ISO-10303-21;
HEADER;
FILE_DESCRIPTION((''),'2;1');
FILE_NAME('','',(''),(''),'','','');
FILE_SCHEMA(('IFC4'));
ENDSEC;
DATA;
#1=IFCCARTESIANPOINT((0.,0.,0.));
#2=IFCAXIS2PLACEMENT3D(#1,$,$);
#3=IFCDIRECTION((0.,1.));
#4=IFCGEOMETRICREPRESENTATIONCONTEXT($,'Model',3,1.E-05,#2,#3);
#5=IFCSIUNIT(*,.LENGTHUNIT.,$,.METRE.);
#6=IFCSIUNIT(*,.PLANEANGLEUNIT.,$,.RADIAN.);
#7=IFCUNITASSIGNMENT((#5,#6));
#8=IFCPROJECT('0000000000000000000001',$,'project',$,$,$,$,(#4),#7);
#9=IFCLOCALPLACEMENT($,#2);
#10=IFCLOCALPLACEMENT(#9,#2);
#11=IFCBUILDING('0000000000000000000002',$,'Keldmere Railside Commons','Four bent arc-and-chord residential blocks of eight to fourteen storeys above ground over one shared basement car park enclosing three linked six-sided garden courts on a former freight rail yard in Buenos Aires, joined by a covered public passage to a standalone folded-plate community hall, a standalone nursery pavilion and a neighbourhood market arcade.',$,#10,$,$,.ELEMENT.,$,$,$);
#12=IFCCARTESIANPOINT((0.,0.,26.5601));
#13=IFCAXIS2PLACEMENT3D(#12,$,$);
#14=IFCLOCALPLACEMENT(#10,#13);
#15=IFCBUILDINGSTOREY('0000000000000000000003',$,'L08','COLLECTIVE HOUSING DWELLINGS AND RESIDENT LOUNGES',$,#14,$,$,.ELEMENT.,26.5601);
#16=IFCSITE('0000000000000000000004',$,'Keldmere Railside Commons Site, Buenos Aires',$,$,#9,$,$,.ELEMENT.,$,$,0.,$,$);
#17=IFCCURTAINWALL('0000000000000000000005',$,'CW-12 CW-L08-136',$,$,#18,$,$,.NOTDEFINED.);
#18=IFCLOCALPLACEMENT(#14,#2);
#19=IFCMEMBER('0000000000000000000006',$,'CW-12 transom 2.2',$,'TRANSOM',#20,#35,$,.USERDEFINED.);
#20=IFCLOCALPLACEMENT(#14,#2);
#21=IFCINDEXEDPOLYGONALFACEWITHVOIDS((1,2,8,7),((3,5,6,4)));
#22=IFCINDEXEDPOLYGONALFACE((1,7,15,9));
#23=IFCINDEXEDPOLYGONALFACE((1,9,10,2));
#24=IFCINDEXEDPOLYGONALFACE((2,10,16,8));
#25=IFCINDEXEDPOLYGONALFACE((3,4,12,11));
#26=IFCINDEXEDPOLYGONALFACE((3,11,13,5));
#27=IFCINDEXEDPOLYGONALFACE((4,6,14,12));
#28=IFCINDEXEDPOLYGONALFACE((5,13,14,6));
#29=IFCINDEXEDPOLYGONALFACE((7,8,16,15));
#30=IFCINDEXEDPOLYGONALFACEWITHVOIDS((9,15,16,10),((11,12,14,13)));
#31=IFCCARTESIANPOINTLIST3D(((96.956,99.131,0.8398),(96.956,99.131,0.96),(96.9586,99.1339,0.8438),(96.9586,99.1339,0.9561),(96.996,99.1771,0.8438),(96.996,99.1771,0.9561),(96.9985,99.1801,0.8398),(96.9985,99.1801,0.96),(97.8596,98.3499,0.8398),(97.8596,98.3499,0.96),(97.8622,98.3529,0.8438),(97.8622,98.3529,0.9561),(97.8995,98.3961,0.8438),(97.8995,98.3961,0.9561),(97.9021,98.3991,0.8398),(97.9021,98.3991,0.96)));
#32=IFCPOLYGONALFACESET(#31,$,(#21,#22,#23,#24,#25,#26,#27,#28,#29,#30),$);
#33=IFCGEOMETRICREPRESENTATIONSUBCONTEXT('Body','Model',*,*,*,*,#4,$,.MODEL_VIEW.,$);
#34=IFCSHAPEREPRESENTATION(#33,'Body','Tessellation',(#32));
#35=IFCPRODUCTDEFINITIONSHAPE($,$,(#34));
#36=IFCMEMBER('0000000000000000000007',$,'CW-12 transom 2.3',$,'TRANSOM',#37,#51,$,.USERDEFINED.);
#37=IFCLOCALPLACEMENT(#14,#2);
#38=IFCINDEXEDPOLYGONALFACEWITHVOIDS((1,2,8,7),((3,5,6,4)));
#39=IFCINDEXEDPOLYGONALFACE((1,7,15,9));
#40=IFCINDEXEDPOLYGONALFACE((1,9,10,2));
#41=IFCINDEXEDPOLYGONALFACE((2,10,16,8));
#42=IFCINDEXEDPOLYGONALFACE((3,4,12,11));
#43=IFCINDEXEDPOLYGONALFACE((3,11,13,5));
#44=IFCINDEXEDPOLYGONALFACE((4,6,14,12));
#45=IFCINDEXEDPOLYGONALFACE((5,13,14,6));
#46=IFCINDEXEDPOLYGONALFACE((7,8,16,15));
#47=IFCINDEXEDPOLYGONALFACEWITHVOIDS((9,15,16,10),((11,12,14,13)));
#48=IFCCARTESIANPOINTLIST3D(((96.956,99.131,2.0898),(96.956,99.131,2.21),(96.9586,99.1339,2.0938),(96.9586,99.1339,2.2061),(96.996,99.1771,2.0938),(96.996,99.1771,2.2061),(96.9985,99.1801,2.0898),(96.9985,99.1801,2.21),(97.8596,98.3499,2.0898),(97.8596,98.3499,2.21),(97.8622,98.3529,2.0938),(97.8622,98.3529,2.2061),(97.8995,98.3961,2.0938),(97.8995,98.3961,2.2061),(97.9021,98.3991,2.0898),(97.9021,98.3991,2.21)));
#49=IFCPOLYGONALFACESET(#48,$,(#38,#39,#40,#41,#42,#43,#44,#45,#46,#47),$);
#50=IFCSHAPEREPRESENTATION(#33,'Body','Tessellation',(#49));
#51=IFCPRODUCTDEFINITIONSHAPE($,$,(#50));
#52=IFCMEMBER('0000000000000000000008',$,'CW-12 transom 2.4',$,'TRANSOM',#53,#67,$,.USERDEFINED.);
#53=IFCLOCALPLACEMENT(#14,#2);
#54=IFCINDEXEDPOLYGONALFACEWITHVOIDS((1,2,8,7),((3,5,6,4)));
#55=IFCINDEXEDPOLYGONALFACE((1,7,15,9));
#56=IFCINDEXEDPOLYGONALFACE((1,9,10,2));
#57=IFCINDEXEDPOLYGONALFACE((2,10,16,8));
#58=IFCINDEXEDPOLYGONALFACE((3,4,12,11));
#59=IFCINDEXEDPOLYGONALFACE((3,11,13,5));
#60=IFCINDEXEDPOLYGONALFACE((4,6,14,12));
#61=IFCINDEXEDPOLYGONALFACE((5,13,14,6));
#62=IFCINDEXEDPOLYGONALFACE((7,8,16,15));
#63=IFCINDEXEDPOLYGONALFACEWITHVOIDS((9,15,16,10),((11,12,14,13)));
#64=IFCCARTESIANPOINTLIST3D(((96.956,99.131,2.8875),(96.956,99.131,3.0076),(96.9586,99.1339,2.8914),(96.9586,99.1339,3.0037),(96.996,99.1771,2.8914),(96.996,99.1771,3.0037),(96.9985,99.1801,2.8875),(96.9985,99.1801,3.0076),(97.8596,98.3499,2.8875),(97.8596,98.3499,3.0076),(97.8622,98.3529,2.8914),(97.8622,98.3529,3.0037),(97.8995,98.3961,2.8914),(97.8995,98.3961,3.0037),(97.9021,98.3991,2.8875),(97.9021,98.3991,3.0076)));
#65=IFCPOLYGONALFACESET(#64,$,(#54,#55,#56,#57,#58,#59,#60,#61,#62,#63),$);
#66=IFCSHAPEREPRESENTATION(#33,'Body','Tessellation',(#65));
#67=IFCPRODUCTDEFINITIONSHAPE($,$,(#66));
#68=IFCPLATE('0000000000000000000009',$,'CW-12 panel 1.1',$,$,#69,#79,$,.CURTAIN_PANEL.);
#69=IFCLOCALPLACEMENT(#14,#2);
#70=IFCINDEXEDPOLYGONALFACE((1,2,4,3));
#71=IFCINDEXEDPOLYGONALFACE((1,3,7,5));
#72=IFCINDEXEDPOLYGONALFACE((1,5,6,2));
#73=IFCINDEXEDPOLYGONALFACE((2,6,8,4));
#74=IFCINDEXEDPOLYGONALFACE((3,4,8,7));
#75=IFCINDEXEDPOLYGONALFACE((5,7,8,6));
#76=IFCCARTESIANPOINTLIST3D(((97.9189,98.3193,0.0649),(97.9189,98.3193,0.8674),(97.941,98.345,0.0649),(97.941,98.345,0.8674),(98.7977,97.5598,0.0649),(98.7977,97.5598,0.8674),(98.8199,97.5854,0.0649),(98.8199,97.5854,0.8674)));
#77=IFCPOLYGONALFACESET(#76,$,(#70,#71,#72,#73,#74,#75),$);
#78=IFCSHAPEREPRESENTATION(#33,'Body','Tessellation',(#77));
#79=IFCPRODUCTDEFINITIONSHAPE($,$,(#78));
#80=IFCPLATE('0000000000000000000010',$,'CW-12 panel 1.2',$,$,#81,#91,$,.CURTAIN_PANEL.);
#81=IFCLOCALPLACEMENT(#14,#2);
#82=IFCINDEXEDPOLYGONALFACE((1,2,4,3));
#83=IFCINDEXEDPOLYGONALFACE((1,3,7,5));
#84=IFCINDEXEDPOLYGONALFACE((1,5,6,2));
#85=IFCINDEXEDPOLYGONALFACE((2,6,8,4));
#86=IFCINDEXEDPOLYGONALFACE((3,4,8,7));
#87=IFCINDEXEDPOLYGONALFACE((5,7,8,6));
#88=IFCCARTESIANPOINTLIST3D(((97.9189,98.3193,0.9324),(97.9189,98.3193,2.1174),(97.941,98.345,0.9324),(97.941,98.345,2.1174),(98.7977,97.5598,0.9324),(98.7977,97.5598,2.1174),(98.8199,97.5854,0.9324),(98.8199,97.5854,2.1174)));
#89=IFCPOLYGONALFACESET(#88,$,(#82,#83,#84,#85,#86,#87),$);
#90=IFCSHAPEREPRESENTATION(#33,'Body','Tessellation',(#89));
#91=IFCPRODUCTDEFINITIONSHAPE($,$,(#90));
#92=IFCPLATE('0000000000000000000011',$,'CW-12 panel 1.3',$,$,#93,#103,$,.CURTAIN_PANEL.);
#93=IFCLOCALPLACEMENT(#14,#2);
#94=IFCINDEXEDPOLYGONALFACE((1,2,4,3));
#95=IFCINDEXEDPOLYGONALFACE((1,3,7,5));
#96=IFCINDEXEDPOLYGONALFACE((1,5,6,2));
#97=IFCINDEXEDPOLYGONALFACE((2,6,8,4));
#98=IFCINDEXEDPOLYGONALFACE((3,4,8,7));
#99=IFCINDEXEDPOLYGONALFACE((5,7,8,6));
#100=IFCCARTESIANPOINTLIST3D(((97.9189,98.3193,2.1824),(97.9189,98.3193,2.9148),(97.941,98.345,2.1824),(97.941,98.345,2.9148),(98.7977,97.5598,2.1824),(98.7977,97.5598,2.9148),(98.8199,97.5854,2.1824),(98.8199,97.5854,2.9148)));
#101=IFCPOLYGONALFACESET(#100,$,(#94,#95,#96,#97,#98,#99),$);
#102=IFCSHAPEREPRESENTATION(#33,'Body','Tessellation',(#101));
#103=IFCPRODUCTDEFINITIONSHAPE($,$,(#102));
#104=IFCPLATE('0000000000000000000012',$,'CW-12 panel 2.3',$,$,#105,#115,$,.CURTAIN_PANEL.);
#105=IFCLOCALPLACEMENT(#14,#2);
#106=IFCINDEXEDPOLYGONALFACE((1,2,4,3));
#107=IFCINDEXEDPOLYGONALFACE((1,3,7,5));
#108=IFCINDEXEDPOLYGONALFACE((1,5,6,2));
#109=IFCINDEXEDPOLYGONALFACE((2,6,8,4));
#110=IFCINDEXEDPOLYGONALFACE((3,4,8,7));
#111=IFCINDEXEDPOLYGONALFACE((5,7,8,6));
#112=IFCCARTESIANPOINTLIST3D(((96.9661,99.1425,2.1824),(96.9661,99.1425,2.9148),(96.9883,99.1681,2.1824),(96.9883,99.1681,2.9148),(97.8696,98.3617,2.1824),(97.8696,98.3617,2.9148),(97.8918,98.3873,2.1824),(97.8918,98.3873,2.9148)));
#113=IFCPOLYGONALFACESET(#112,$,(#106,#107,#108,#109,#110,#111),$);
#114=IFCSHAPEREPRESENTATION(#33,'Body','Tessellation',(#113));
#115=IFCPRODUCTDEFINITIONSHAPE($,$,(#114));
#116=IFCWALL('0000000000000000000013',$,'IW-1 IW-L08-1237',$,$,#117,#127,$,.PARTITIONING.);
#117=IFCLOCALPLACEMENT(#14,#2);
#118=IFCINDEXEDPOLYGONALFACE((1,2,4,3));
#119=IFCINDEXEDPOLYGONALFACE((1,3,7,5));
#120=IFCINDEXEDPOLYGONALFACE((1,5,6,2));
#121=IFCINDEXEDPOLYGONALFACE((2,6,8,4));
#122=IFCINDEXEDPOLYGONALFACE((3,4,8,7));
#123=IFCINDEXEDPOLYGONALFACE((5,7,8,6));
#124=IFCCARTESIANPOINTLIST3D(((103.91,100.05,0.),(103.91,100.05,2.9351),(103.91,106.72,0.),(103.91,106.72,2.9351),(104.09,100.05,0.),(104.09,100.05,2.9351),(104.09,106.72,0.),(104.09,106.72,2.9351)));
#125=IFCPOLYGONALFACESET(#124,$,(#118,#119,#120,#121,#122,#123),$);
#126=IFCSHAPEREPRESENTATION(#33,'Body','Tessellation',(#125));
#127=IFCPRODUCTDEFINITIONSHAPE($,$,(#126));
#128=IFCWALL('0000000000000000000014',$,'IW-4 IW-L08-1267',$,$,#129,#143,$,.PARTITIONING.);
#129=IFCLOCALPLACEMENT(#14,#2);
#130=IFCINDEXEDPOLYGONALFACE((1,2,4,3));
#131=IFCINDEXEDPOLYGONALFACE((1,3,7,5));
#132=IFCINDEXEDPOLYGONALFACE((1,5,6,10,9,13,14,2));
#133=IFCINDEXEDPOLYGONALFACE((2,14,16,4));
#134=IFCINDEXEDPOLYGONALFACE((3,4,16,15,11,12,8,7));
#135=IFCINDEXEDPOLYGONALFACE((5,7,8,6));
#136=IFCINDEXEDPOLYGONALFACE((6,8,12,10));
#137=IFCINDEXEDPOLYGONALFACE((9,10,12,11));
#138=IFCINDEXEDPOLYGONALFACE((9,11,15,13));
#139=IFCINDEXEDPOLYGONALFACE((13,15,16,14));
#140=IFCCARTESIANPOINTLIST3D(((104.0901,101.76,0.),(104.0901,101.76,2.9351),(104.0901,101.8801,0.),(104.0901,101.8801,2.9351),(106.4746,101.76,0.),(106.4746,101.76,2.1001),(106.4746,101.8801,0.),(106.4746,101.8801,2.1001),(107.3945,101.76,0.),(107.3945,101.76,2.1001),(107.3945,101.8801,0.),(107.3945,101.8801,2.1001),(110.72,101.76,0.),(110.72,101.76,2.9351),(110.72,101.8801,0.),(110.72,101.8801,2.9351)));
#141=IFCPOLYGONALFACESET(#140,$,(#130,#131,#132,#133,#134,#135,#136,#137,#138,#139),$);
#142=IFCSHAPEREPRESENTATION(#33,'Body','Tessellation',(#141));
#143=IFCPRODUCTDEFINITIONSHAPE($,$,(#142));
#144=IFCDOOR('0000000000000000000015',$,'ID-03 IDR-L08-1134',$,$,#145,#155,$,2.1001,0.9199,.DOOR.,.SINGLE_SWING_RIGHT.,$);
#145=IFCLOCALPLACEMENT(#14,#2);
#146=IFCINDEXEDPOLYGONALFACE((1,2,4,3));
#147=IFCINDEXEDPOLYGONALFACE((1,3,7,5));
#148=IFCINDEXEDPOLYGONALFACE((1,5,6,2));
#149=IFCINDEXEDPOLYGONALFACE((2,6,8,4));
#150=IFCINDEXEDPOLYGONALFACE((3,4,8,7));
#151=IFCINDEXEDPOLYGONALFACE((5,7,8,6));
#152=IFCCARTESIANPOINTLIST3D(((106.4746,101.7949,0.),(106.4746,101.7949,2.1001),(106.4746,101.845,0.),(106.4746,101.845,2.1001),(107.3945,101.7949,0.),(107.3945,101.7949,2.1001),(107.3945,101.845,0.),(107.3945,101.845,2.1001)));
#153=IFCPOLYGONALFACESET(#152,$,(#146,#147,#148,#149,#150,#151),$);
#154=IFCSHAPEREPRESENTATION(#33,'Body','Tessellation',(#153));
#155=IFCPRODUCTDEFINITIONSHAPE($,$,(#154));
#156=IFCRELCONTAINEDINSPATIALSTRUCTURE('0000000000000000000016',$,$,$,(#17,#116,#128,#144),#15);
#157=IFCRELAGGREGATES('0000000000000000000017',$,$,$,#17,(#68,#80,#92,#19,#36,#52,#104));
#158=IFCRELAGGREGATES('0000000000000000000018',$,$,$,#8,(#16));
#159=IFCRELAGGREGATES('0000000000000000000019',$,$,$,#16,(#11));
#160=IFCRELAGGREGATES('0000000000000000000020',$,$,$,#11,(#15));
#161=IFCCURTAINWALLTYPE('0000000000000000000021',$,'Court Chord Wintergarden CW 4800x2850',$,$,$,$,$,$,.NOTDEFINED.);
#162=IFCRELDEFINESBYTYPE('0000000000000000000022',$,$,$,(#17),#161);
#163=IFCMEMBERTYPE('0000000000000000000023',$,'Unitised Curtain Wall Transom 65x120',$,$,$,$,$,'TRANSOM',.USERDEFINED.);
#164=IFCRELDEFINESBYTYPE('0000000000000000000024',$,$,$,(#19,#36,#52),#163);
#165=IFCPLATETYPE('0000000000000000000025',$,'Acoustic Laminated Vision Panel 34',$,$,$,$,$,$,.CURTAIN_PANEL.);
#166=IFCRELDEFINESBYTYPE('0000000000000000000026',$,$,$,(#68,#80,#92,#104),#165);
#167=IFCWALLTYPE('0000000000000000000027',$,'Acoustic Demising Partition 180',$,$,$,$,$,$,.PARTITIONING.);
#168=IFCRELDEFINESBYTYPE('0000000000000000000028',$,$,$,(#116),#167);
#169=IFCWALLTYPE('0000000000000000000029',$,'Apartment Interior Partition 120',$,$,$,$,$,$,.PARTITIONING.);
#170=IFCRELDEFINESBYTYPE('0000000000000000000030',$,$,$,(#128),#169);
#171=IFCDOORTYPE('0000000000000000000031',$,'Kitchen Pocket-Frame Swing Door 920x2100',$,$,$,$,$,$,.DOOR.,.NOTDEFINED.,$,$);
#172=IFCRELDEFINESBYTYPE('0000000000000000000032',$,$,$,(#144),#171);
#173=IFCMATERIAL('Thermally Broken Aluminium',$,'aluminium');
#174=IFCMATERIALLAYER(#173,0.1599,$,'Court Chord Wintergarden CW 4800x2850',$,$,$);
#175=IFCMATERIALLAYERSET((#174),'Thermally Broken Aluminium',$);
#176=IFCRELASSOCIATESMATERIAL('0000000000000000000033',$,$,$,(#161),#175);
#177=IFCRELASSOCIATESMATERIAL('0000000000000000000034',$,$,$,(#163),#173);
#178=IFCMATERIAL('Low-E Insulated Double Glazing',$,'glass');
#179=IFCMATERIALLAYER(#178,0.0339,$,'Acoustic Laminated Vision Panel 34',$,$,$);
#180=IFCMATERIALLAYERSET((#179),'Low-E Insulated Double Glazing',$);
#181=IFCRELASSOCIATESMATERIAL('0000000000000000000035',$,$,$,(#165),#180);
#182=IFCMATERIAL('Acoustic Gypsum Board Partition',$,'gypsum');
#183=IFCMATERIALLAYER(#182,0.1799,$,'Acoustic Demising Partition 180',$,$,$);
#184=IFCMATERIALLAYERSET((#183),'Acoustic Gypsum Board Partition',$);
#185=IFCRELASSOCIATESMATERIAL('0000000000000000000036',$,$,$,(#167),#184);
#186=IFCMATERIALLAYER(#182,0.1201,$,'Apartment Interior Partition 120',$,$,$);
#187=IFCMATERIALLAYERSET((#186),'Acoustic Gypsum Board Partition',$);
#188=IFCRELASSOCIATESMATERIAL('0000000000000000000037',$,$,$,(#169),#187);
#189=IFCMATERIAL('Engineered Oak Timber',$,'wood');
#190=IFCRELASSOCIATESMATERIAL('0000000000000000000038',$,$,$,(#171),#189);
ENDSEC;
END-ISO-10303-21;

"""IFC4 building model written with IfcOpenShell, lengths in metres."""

from ifc_helpers import new_model, si_unit, direction, frame, frame_2d, origin, origin_2d, place, context, subcontext, project, spatial, rectangle, hollow_rectangle, extrude, material, layer, layer_set, material_profile, profile_set, type_object, element, fill, aggregate, save


model = new_model("IFC4")

# Units and contexts
model_context = context("Model", 3, precision=1e-05, world=origin(), true_north=direction((0.0, 1.0)))
body_context = subcontext(model_context, "Body", "Model", "MODEL_VIEW")
ifc_project = project(units=[si_unit("LENGTHUNIT", "METRE"), si_unit("PLANEANGLEUNIT", "RADIAN")], contexts=[model_context])

# Site, building, storey
site_placement = place(None, origin())
site = spatial("IfcSite", under=ifc_project, at=site_placement, Name="Keldmere Railside Commons Site, Buenos Aires", CompositionType="ELEMENT", RefElevation=0.0)
building_placement = place(site_placement, origin())
building = spatial("IfcBuilding", under=site, at=building_placement, Name="Keldmere Railside Commons", Description="Four bent arc-and-chord residential blocks of eight to fourteen storeys above ground over one shared basement car park enclosing three linked six-sided garden courts on a former freight rail yard in Buenos Aires, joined by a covered public passage to a standalone folded-plate community hall, a standalone nursery pavilion and a neighbourhood market arcade.", CompositionType="ELEMENT")
storey_placement = place(building_placement, frame((0.0, 0.0, 26.5601)))
storey = spatial("IfcBuildingStorey", under=building, at=storey_placement, Name="L08", Description="COLLECTIVE HOUSING DWELLINGS AND RESIDENT LOUNGES", CompositionType="ELEMENT", Elevation=26.5601)

# Curtain wall, members, plates
ifc_material_1 = material(Name="Thermally Broken Aluminium", Category="aluminium")
ifc_layer_1 = layer(ifc_material_1, 0.1599, Name="Court Chord Wintergarden CW 4800x2850")
ifc_layer_set_1 = layer_set([ifc_layer_1], Name="Thermally Broken Aluminium")
curtain_wall_type = type_object("IfcCurtainWallType", Name="Court Chord Wintergarden CW 4800x2850", PredefinedType="NOTDEFINED", material=ifc_layer_set_1)
curtain_wall_placement = place(storey_placement, origin())
curtain_wall = element("IfcCurtainWall", 1, at=curtain_wall_placement, inside=storey, type_object=curtain_wall_type, Name="CW-12 CW-L08-136", PredefinedType="NOTDEFINED")
ifc_material_profile_1 = material_profile(ifc_material_1, hollow_rectangle(XDim=0.0649, YDim=0.1201, WallThickness=0.0039, at=origin_2d()), Name="ALU-TRAN-65x120")
ifc_profile_set_1 = profile_set([ifc_material_profile_1], Name="Thermally Broken Aluminium")
member_type_1 = type_object("IfcMemberType", Name="Unitised Curtain Wall Transom 65x120", ElementType="TRANSOM", PredefinedType="USERDEFINED", material=ifc_profile_set_1)
member_1_placement = place(storey_placement, frame((97.8809, 98.3745, 0.8999), z_axis=(-0.756552, 0.653934, 0.0), x_axis=(-0.653934, -0.756552, 0.0)))
member_1 = element("IfcMember", 2, at=member_1_placement, type_object=member_type_1, Name="CW-12 transom 2.2", ObjectType="TRANSOM", PredefinedType="USERDEFINED", context=body_context, shape_type="SweptSolid", body=[
    extrude(hollow_rectangle(XDim=0.0649, YDim=0.1201, WallThickness=0.0039, at=origin_2d()), origin(), (0.0, 0.0, 1.0), 1.1943),
])
member_2_placement = place(storey_placement, frame((97.8809, 98.3745, 2.1499), z_axis=(-0.756552, 0.653934, 0.0), x_axis=(-0.653934, -0.756552, 0.0)))
member_2 = element("IfcMember", 3, at=member_2_placement, type_object=member_type_1, Name="CW-12 transom 2.3", ObjectType="TRANSOM", PredefinedType="USERDEFINED", context=body_context, shape_type="SweptSolid", body=[
    extrude(hollow_rectangle(XDim=0.0649, YDim=0.1201, WallThickness=0.0039, at=origin_2d()), origin(), (0.0, 0.0, 1.0), 1.1943),
])
member_3_placement = place(storey_placement, frame((97.8809, 98.3745, 2.9475), z_axis=(-0.756552, 0.653934, 0.0), x_axis=(-0.653934, -0.756552, 0.0)))
member_3 = element("IfcMember", 4, at=member_3_placement, type_object=member_type_1, Name="CW-12 transom 2.4", ObjectType="TRANSOM", PredefinedType="USERDEFINED", context=body_context, shape_type="SweptSolid", body=[
    extrude(hollow_rectangle(XDim=0.0649, YDim=0.1201, WallThickness=0.0039, at=origin_2d()), origin(), (0.0, 0.0, 1.0), 1.1943),
])
ifc_material_2 = material(Name="Low-E Insulated Double Glazing", Category="glass")
ifc_layer_2 = layer(ifc_material_2, 0.0339, Name="Acoustic Laminated Vision Panel 34")
ifc_layer_set_2 = layer_set([ifc_layer_2], Name="Low-E Insulated Double Glazing")
plate_type = type_object("IfcPlateType", Name="Acoustic Laminated Vision Panel 34", PredefinedType="CURTAIN_PANEL", material=ifc_layer_set_2)
plate_1_placement = place(storey_placement, frame((98.3694, 97.9524, 0.0649), z_axis=(0.0, 0.0, 1.0), x_axis=(-0.756597, 0.653882, 0.0)))
plate_1 = element("IfcPlate", 5, at=plate_1_placement, type_object=plate_type, Name="CW-12 panel 1.1", PredefinedType="CURTAIN_PANEL", context=body_context, shape_type="SweptSolid", body=[
    extrude(rectangle(XDim=1.1616, YDim=0.0339, at=origin_2d()), origin(), (0.0, 0.0, 1.0), 0.8025),
])
plate_2_placement = place(storey_placement, frame((98.3694, 97.9524, 0.9324), z_axis=(0.0, 0.0, 1.0), x_axis=(-0.756597, 0.653882, 0.0)))
plate_2 = element("IfcPlate", 6, at=plate_2_placement, type_object=plate_type, Name="CW-12 panel 1.2", PredefinedType="CURTAIN_PANEL", context=body_context, shape_type="SweptSolid", body=[
    extrude(rectangle(XDim=1.1616, YDim=0.0339, at=origin_2d()), origin(), (0.0, 0.0, 1.0), 1.1851),
])
plate_3_placement = place(storey_placement, frame((98.3694, 97.9524, 2.1824), z_axis=(0.0, 0.0, 1.0), x_axis=(-0.756597, 0.653882, 0.0)))
plate_3 = element("IfcPlate", 7, at=plate_3_placement, type_object=plate_type, Name="CW-12 panel 1.3", PredefinedType="CURTAIN_PANEL", context=body_context, shape_type="SweptSolid", body=[
    extrude(rectangle(XDim=1.1616, YDim=0.0339, at=origin_2d()), origin(), (0.0, 0.0, 1.0), 0.7324),
])
plate_4_placement = place(storey_placement, frame((97.429, 98.7649, 2.1824), z_axis=(0.0, 0.0, 1.0), x_axis=(-0.756597, 0.653882, 0.0)))
plate_4 = element("IfcPlate", 8, at=plate_4_placement, type_object=plate_type, Name="CW-12 panel 2.3", PredefinedType="CURTAIN_PANEL", context=body_context, shape_type="SweptSolid", body=[
    extrude(rectangle(XDim=1.1941, YDim=0.0339, at=origin_2d()), origin(), (0.0, 0.0, 1.0), 0.7324),
])
aggregate(curtain_wall, [plate_1, plate_2, plate_3, member_1, member_2, member_3, plate_4])

# Wall
ifc_material_3 = material(Name="Acoustic Gypsum Board Partition", Category="gypsum")
ifc_layer_3 = layer(ifc_material_3, 0.1799, Name="Acoustic Demising Partition 180")
ifc_layer_set_3 = layer_set([ifc_layer_3], Name="Acoustic Gypsum Board Partition")
wall_type_1 = type_object("IfcWallType", Name="Acoustic Demising Partition 180", PredefinedType="PARTITIONING", material=ifc_layer_set_3)
wall_1_placement = place(storey_placement, frame((104.0, 100.05, 0.0), z_axis=(0.0, 0.0, 1.0), x_axis=(0.0, 1.0, 0.0)))
element("IfcWall", 9, at=wall_1_placement, inside=storey, type_object=wall_type_1, Name="IW-1 IW-L08-1237", PredefinedType="PARTITIONING", context=body_context, shape_type="SweptSolid", body=[
    extrude(rectangle(XDim=6.6699, YDim=0.1799, at=frame_2d((3.335, 0.0))), origin(), (0.0, 0.0, 1.0), 2.9351),
])

# Wall, opening, door
ifc_layer_4 = layer(ifc_material_3, 0.1201, Name="Apartment Interior Partition 120")
ifc_layer_set_4 = layer_set([ifc_layer_4], Name="Acoustic Gypsum Board Partition")
wall_type_2 = type_object("IfcWallType", Name="Apartment Interior Partition 120", PredefinedType="PARTITIONING", material=ifc_layer_set_4)
wall_2_placement = place(storey_placement, frame((104.0901, 101.8201, 0.0), z_axis=(0.0, 0.0, 1.0), x_axis=(1.0, 0.0, 0.0)))
wall_2 = element("IfcWall", 10, at=wall_2_placement, inside=storey, type_object=wall_type_2, Name="IW-4 IW-L08-1267", PredefinedType="PARTITIONING", context=body_context, shape_type="SweptSolid", body=[
    extrude(rectangle(XDim=6.6299, YDim=0.1201, at=frame_2d((3.3149, 0.0))), origin(), (0.0, 0.0, 1.0), 2.9351),
])
opening_1_placement = place(wall_2_placement, frame((2.3845, 0.0, 0.0)))
opening_1 = element("IfcOpeningElement", 11, at=opening_1_placement, cuts=wall_2, PredefinedType="OPENING", context=body_context, shape_type="SweptSolid", body=[
    extrude(rectangle(XDim=0.9199, YDim=2.1001, at=frame_2d((0.46, 1.05))), frame((0.0, 0.0701, 0.0), z_axis=(0.0, -1.0, 0.0), x_axis=(1.0, 0.0, 0.0)), (0.0, 0.0, 1.0), 0.1401),
])
ifc_material_4 = material(Name="Engineered Oak Timber", Category="wood")
door_type_1 = type_object("IfcDoorType", Name="Kitchen Pocket-Frame Swing Door 920x2100", OperationType="NOTDEFINED", PredefinedType="DOOR", material=ifc_material_4)
door_1_placement = place(opening_1_placement, origin())
door_1 = element("IfcDoor", 12, at=door_1_placement, inside=storey, type_object=door_type_1, Name="ID-03 IDR-L08-1134", OperationType="SINGLE_SWING_RIGHT", OverallHeight=2.1001, OverallWidth=0.9199, PredefinedType="DOOR", context=body_context, shape_type="SweptSolid", body=[
    extrude(rectangle(XDim=0.9199, YDim=2.1001, at=frame_2d((0.46, 1.05))), frame((0.0, 0.0249, 0.0), z_axis=(0.0, -1.0, 0.0), x_axis=(1.0, 0.0, 0.0)), (0.0, 0.0, 1.0), 0.05),
])
fill(opening_1, door_1)

save(model, "model.ifc")
